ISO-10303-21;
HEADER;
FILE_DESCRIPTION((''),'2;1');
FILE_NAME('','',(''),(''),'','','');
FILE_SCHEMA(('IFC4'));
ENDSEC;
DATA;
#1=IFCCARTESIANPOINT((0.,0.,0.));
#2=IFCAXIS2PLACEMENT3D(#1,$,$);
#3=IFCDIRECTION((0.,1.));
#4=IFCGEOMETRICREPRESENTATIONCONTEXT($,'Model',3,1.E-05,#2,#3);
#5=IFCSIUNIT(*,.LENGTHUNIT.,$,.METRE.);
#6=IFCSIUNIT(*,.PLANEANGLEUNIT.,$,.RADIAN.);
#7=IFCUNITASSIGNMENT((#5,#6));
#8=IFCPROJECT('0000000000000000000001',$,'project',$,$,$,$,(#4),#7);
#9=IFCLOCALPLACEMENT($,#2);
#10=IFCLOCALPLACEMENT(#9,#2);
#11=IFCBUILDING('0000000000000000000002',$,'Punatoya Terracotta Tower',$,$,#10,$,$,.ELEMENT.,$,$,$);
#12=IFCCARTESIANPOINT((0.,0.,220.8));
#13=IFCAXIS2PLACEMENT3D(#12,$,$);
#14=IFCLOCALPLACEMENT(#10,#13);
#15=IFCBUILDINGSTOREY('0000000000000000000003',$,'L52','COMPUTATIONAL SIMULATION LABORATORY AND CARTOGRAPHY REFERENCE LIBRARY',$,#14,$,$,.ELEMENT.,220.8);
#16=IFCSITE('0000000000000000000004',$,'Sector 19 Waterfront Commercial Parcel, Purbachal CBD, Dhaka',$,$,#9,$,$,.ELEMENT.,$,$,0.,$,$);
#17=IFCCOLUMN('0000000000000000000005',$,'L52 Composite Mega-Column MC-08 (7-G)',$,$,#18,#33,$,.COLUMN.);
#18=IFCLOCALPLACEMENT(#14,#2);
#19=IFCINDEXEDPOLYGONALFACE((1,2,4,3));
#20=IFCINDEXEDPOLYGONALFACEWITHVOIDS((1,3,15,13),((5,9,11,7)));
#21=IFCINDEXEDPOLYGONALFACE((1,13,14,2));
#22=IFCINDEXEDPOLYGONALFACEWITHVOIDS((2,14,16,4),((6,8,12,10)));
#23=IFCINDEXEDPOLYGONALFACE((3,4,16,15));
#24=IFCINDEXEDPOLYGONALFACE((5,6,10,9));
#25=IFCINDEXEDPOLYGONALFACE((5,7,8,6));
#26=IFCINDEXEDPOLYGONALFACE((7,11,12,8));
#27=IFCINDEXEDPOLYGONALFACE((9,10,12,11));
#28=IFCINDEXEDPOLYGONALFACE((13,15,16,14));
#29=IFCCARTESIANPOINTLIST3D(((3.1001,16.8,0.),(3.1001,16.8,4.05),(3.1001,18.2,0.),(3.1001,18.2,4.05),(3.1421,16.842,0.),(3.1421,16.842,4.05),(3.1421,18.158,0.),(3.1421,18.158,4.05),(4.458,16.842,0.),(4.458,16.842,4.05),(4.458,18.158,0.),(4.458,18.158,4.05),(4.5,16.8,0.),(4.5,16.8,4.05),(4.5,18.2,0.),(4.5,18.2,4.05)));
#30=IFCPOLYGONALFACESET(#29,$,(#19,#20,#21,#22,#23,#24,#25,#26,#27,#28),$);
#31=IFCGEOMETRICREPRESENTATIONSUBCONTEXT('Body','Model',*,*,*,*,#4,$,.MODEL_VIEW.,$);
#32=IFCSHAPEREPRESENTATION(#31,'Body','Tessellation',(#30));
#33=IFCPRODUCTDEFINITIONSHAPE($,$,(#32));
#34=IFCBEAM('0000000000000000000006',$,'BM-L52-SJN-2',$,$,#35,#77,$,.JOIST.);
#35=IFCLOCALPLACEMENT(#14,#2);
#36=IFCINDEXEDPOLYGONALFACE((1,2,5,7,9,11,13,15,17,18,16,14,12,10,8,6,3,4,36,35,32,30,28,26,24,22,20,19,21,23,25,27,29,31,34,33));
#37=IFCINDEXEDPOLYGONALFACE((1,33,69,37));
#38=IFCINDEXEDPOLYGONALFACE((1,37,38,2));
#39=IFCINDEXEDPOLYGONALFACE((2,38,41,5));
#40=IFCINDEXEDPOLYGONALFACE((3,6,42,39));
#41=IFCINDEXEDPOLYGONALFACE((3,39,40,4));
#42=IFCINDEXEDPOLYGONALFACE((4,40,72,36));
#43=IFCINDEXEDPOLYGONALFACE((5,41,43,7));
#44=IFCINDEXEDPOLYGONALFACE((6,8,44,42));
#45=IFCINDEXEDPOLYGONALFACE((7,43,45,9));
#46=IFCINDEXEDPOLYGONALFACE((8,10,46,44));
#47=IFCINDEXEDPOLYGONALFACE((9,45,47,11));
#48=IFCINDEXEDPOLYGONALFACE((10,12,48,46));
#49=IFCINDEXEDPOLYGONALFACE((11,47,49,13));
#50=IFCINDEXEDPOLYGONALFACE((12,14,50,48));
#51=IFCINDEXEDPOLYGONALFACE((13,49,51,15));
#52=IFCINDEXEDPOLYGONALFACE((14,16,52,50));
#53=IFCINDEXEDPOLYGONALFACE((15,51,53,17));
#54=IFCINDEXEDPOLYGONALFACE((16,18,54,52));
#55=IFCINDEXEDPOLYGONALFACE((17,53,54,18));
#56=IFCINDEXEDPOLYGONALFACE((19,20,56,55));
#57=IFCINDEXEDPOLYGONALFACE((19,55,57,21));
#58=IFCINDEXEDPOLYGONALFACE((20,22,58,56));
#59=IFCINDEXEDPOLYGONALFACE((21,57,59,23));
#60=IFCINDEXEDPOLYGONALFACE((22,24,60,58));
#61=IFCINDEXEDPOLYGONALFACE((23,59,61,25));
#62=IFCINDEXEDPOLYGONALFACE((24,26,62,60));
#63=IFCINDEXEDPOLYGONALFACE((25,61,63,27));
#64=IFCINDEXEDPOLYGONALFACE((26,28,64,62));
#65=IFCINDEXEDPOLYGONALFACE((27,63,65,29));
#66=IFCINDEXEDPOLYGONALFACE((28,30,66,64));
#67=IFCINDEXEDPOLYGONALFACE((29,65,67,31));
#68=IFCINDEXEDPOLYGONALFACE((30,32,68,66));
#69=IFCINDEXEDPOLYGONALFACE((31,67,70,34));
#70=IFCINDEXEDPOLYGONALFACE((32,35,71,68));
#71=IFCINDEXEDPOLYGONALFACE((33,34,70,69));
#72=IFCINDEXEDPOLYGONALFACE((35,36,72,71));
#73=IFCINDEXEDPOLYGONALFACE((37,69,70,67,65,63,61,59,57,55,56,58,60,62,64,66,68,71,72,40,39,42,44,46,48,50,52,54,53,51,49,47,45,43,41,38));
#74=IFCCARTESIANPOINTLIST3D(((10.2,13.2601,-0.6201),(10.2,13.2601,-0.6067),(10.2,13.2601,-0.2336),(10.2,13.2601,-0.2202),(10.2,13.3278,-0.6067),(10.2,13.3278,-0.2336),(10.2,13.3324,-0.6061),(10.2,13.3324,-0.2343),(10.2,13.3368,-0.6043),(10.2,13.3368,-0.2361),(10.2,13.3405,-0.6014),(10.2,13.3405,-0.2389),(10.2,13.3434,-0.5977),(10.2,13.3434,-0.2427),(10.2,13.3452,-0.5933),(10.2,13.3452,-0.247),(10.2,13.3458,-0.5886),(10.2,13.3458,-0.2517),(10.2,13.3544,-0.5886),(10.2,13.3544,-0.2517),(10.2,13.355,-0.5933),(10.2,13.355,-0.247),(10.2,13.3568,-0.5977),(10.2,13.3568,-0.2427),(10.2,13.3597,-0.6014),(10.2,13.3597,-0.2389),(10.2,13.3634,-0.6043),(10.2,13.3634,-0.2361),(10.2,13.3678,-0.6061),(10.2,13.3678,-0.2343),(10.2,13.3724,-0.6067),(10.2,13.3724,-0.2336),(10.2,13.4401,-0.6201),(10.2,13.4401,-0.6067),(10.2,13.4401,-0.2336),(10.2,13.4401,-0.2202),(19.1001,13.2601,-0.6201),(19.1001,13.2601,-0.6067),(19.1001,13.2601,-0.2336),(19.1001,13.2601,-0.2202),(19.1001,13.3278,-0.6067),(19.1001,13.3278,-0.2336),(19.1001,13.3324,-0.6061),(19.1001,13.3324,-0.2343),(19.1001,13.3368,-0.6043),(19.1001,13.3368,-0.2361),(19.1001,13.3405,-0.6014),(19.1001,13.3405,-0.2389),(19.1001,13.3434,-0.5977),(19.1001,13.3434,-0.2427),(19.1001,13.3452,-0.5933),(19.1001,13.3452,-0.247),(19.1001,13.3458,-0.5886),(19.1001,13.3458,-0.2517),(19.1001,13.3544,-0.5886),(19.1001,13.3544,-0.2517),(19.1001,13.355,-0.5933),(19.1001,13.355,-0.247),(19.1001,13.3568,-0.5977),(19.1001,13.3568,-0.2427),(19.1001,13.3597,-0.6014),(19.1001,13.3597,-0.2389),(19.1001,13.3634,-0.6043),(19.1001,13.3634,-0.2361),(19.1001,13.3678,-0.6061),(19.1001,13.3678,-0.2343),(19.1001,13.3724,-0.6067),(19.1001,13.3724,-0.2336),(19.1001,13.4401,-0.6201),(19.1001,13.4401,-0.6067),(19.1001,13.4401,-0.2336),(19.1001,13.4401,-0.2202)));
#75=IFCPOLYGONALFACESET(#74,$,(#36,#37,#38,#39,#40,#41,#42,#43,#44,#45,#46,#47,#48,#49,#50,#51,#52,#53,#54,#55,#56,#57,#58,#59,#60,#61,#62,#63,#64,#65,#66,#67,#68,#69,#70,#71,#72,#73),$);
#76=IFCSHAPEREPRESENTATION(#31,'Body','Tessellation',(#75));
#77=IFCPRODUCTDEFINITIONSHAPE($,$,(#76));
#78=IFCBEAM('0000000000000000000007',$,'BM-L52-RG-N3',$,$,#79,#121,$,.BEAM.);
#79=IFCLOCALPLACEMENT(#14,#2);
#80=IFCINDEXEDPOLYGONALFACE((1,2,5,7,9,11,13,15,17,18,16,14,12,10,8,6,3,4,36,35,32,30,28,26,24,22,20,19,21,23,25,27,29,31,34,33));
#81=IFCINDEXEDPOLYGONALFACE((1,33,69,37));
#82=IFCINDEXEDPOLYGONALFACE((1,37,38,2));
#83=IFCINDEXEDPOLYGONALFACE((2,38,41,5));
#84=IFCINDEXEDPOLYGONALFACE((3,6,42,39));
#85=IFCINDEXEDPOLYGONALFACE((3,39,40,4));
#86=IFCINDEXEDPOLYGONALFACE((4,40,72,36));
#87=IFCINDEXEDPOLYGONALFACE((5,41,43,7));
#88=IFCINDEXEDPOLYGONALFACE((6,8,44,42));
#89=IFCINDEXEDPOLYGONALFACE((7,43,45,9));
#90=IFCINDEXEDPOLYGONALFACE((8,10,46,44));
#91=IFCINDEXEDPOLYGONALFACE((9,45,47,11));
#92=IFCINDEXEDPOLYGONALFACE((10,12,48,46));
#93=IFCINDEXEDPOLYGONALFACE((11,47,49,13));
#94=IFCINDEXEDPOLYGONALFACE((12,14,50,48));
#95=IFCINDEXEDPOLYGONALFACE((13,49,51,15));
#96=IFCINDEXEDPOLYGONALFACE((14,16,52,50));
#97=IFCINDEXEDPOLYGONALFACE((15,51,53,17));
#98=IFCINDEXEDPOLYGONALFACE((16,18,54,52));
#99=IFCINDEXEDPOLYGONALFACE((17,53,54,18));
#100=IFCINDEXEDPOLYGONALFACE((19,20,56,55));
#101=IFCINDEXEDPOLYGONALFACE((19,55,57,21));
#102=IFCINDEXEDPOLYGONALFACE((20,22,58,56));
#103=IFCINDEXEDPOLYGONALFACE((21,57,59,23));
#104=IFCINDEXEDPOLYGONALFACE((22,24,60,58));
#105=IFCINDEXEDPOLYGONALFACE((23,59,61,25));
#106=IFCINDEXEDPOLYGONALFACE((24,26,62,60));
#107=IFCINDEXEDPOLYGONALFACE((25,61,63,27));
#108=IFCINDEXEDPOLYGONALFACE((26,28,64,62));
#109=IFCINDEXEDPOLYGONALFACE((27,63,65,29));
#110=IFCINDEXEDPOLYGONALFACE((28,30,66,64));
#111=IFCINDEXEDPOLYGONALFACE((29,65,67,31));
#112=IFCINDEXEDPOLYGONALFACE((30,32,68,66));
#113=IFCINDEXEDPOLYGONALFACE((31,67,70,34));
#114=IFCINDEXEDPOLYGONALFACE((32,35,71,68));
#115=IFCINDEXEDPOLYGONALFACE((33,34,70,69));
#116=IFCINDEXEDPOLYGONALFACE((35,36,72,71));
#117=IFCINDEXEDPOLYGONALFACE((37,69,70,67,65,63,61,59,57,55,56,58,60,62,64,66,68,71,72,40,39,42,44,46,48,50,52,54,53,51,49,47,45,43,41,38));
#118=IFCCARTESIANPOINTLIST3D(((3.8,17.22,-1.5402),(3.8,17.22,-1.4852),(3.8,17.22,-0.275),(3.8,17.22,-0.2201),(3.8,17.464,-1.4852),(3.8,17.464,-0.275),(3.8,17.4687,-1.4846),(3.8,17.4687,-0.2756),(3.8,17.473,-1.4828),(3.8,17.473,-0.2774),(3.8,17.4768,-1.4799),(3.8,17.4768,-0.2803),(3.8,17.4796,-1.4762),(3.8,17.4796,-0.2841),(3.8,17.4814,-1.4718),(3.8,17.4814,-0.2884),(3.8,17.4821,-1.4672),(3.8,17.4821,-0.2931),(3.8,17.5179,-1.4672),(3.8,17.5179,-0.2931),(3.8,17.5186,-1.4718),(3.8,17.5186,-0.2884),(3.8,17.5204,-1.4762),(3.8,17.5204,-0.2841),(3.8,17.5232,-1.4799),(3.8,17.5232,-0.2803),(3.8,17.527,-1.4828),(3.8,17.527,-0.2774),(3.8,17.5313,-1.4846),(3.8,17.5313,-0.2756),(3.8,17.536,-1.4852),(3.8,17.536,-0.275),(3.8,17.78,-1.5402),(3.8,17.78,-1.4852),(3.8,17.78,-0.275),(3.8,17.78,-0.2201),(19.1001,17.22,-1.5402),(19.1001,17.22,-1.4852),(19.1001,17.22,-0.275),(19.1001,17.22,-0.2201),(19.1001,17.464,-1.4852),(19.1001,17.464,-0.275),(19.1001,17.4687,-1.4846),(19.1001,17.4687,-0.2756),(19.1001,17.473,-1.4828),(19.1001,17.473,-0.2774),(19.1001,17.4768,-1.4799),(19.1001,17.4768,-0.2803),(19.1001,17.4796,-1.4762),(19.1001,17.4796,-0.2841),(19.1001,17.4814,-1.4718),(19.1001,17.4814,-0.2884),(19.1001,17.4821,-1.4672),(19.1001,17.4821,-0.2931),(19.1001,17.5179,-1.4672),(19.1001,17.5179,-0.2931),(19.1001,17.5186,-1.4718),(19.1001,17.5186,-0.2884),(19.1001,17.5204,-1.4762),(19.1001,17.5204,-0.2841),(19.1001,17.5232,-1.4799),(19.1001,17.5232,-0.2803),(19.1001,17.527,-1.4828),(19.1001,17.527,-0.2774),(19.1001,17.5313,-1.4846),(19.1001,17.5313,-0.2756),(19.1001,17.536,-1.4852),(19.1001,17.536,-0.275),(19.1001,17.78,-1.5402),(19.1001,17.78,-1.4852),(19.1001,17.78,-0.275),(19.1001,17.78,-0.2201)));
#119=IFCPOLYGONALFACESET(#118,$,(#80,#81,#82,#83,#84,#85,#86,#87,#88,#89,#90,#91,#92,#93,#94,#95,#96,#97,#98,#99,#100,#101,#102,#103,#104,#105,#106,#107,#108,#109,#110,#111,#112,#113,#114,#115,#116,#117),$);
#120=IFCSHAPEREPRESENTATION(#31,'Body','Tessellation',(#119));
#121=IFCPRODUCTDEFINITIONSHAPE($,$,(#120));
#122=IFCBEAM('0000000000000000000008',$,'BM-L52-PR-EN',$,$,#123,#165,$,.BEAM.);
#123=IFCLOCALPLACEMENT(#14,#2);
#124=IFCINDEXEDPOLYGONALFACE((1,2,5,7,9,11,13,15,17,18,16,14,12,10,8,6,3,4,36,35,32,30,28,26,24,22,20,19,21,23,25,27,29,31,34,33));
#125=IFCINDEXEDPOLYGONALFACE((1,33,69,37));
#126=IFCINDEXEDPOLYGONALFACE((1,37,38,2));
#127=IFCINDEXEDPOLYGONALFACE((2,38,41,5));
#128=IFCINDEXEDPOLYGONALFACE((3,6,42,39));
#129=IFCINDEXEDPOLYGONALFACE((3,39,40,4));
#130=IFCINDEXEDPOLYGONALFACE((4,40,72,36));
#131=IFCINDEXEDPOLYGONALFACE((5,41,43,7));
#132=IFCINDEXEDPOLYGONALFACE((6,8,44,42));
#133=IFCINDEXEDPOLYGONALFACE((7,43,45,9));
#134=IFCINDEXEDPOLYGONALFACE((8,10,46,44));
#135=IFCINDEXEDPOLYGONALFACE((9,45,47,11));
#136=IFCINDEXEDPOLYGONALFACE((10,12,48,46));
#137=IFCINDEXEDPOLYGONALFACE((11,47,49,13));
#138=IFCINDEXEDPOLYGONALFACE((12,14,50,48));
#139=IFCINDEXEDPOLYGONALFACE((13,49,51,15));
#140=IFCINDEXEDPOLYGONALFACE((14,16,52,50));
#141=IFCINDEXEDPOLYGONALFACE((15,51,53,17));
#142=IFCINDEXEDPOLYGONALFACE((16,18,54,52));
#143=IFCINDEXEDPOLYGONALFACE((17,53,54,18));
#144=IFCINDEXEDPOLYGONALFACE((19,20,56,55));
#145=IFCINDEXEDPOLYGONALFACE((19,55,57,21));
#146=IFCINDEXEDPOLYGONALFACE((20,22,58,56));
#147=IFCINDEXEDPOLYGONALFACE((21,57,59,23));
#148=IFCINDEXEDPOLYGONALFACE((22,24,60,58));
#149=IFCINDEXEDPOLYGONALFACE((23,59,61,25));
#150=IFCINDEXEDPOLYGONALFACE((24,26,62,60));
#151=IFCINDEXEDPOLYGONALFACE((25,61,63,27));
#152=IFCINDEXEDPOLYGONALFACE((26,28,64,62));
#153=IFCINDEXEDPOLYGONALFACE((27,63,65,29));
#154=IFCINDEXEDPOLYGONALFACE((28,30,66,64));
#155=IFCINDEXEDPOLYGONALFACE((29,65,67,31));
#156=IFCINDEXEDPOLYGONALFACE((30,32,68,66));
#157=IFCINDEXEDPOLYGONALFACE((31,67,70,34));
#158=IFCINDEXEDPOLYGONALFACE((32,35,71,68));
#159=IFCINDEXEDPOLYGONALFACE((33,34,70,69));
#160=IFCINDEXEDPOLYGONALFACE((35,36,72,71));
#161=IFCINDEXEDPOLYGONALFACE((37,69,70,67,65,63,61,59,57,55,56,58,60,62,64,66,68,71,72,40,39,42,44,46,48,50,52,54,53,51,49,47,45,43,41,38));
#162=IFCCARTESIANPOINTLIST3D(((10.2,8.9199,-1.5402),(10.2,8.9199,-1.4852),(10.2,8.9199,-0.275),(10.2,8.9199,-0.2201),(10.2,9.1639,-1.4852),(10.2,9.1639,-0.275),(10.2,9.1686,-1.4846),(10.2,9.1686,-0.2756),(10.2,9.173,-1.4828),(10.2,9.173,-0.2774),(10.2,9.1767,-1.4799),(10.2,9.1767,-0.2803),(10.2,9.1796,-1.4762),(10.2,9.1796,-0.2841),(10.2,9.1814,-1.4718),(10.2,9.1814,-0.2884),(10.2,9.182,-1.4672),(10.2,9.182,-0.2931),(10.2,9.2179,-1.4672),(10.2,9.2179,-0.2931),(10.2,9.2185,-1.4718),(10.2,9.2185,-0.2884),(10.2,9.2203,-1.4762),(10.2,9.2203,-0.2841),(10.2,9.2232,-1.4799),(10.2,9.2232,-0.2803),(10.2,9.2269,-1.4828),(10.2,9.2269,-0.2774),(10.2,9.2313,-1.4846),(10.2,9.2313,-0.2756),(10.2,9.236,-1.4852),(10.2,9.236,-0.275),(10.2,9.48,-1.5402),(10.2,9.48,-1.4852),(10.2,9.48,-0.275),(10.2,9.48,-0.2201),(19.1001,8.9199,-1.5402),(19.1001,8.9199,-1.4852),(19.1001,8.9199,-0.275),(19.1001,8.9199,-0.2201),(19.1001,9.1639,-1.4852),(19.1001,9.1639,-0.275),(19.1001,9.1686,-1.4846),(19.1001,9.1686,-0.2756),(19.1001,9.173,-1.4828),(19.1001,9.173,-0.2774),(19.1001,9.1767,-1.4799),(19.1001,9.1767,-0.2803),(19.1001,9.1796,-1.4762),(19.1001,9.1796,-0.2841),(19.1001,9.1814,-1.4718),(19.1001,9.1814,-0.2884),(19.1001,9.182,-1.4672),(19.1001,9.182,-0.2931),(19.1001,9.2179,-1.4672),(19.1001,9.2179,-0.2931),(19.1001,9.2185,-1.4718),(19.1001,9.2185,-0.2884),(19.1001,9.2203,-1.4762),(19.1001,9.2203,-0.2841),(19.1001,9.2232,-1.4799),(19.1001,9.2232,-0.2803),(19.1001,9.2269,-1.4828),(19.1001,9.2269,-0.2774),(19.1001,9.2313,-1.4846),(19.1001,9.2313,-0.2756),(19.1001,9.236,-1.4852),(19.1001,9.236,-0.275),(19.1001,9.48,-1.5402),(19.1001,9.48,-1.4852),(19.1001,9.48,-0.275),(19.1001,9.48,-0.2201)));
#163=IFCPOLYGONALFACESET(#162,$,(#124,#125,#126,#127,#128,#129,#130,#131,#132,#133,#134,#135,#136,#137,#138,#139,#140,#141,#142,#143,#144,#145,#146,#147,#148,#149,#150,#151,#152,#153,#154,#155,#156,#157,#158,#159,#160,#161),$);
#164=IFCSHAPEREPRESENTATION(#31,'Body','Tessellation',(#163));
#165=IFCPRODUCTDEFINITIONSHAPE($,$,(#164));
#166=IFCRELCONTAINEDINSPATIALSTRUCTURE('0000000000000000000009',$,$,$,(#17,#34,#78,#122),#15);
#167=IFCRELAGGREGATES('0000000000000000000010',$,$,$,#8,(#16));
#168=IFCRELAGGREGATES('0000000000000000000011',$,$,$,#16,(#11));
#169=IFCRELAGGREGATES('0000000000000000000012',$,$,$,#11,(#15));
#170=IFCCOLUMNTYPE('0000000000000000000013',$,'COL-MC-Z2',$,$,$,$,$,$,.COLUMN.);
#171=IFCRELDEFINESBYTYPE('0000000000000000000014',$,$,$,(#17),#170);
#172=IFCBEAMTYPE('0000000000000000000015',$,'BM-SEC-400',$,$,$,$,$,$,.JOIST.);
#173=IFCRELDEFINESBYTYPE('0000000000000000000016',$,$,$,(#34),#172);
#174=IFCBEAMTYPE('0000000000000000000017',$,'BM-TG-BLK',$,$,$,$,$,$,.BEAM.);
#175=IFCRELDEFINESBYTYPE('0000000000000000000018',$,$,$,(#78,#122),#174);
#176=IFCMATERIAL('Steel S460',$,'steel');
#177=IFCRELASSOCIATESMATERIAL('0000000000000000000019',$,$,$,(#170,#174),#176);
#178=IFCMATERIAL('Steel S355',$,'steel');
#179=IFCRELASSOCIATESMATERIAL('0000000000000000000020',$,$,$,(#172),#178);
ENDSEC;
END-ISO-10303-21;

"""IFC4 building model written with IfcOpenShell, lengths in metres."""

from ifc_helpers import new_model, si_unit, direction, frame, origin, origin_2d, place, context, subcontext, project, spatial, hollow_rectangle, i_section, extrude, material, material_profile, profile_set, type_object, element, save


model = new_model("IFC4")

# Units and contexts
model_context = context("Model", 3, precision=1e-05, world=origin(), true_north=direction((0.0, 1.0)))
body_context = subcontext(model_context, "Body", "Model", "MODEL_VIEW")
ifc_project = project(units=[si_unit("LENGTHUNIT", "METRE"), si_unit("PLANEANGLEUNIT", "RADIAN")], contexts=[model_context])

# Site, building, storey
site_placement = place(None, origin())
site = spatial("IfcSite", under=ifc_project, at=site_placement, Name="Sector 19 Waterfront Commercial Parcel, Purbachal CBD, Dhaka", CompositionType="ELEMENT", RefElevation=0.0)
building_placement = place(site_placement, origin())
building = spatial("IfcBuilding", under=site, at=building_placement, Name="Punatoya Terracotta Tower", CompositionType="ELEMENT")
storey_placement = place(building_placement, frame((0.0, 0.0, 220.8)))
storey = spatial("IfcBuildingStorey", under=building, at=storey_placement, Name="L52", Description="COMPUTATIONAL SIMULATION LABORATORY AND CARTOGRAPHY REFERENCE LIBRARY", CompositionType="ELEMENT", Elevation=220.8)

# Column
ifc_material_1 = material(Name="Steel S460", Category="steel")
ifc_material_profile_1 = material_profile(ifc_material_1, hollow_rectangle(XDim=1.3999, YDim=1.3999, WallThickness=0.042, at=origin_2d()))
ifc_profile_set_1 = profile_set([ifc_material_profile_1], Name="Steel S460")
column_type = type_object("IfcColumnType", Name="COL-MC-Z2", PredefinedType="COLUMN", material=ifc_profile_set_1)
column_placement = place(storey_placement, frame((3.8, 17.5, 0.0), z_axis=(0.0, 0.0, 1.0), x_axis=(1.0, 0.0, 0.0)))
element("IfcColumn", 1, at=column_placement, inside=storey, type_object=column_type, Name="L52 Composite Mega-Column MC-08 (7-G)", PredefinedType="COLUMN", context=body_context, shape_type="SweptSolid", body=[
    extrude(hollow_rectangle(XDim=1.3999, YDim=1.3999, WallThickness=0.042, at=origin_2d()), origin(), (0.0, 0.0, 1.0), 4.05),
])

# Beams
ifc_material_2 = material(Name="Steel S355", Category="steel")
ifc_material_profile_2 = material_profile(ifc_material_2, i_section(OverallWidth=0.1799, OverallDepth=0.3999, WebThickness=0.0085, FlangeThickness=0.0134, FilletRadius=0.0181, at=origin_2d()))
ifc_profile_set_2 = profile_set([ifc_material_profile_2], Name="Steel S355")
beam_type_1 = type_object("IfcBeamType", Name="BM-SEC-400", PredefinedType="JOIST", material=ifc_profile_set_2)
beam_1_placement = place(storey_placement, frame((10.2, 13.3501, -0.4202), z_axis=(1.0, 0.0, 0.0), x_axis=(0.0, 1.0, 0.0)))
element("IfcBeam", 2, at=beam_1_placement, inside=storey, type_object=beam_type_1, Name="BM-L52-SJN-2", PredefinedType="JOIST", context=body_context, shape_type="SweptSolid", body=[
    extrude(i_section(OverallWidth=0.1799, OverallDepth=0.3999, WebThickness=0.0085, FlangeThickness=0.0134, FilletRadius=0.0181, at=origin_2d()), origin(), (0.0, 0.0, 1.0), 8.9001),
])
ifc_material_profile_3 = material_profile(ifc_material_1, i_section(OverallWidth=0.5601, OverallDepth=1.3201, WebThickness=0.0359, FlangeThickness=0.0549, FilletRadius=0.0181, at=origin_2d()))
ifc_profile_set_3 = profile_set([ifc_material_profile_3], Name="Steel S460")
beam_type_2 = type_object("IfcBeamType", Name="BM-TG-BLK", PredefinedType="BEAM", material=ifc_profile_set_3)
beam_2_placement = place(storey_placement, frame((3.8, 17.5, -0.8801), z_axis=(1.0, 0.0, 0.0), x_axis=(0.0, 1.0, 0.0)))
element("IfcBeam", 3, at=beam_2_placement, inside=storey, type_object=beam_type_2, Name="BM-L52-RG-N3", PredefinedType="BEAM", context=body_context, shape_type="SweptSolid", body=[
    extrude(i_section(OverallWidth=0.5601, OverallDepth=1.3201, WebThickness=0.0359, FlangeThickness=0.0549, FilletRadius=0.0181, at=origin_2d()), origin(), (0.0, 0.0, 1.0), 15.3),
])
beam_3_placement = place(storey_placement, frame((10.2, 9.2, -0.8801), z_axis=(1.0, 0.0, 0.0), x_axis=(0.0, 1.0, 0.0)))
element("IfcBeam", 4, at=beam_3_placement, inside=storey, type_object=beam_type_2, Name="BM-L52-PR-EN", PredefinedType="BEAM", context=body_context, shape_type="SweptSolid", body=[
    extrude(i_section(OverallWidth=0.5601, OverallDepth=1.3201, WebThickness=0.0359, FlangeThickness=0.0549, FilletRadius=0.0181, at=origin_2d()), origin(), (0.0, 0.0, 1.0), 8.9001),
])

save(model, "model.ifc")
